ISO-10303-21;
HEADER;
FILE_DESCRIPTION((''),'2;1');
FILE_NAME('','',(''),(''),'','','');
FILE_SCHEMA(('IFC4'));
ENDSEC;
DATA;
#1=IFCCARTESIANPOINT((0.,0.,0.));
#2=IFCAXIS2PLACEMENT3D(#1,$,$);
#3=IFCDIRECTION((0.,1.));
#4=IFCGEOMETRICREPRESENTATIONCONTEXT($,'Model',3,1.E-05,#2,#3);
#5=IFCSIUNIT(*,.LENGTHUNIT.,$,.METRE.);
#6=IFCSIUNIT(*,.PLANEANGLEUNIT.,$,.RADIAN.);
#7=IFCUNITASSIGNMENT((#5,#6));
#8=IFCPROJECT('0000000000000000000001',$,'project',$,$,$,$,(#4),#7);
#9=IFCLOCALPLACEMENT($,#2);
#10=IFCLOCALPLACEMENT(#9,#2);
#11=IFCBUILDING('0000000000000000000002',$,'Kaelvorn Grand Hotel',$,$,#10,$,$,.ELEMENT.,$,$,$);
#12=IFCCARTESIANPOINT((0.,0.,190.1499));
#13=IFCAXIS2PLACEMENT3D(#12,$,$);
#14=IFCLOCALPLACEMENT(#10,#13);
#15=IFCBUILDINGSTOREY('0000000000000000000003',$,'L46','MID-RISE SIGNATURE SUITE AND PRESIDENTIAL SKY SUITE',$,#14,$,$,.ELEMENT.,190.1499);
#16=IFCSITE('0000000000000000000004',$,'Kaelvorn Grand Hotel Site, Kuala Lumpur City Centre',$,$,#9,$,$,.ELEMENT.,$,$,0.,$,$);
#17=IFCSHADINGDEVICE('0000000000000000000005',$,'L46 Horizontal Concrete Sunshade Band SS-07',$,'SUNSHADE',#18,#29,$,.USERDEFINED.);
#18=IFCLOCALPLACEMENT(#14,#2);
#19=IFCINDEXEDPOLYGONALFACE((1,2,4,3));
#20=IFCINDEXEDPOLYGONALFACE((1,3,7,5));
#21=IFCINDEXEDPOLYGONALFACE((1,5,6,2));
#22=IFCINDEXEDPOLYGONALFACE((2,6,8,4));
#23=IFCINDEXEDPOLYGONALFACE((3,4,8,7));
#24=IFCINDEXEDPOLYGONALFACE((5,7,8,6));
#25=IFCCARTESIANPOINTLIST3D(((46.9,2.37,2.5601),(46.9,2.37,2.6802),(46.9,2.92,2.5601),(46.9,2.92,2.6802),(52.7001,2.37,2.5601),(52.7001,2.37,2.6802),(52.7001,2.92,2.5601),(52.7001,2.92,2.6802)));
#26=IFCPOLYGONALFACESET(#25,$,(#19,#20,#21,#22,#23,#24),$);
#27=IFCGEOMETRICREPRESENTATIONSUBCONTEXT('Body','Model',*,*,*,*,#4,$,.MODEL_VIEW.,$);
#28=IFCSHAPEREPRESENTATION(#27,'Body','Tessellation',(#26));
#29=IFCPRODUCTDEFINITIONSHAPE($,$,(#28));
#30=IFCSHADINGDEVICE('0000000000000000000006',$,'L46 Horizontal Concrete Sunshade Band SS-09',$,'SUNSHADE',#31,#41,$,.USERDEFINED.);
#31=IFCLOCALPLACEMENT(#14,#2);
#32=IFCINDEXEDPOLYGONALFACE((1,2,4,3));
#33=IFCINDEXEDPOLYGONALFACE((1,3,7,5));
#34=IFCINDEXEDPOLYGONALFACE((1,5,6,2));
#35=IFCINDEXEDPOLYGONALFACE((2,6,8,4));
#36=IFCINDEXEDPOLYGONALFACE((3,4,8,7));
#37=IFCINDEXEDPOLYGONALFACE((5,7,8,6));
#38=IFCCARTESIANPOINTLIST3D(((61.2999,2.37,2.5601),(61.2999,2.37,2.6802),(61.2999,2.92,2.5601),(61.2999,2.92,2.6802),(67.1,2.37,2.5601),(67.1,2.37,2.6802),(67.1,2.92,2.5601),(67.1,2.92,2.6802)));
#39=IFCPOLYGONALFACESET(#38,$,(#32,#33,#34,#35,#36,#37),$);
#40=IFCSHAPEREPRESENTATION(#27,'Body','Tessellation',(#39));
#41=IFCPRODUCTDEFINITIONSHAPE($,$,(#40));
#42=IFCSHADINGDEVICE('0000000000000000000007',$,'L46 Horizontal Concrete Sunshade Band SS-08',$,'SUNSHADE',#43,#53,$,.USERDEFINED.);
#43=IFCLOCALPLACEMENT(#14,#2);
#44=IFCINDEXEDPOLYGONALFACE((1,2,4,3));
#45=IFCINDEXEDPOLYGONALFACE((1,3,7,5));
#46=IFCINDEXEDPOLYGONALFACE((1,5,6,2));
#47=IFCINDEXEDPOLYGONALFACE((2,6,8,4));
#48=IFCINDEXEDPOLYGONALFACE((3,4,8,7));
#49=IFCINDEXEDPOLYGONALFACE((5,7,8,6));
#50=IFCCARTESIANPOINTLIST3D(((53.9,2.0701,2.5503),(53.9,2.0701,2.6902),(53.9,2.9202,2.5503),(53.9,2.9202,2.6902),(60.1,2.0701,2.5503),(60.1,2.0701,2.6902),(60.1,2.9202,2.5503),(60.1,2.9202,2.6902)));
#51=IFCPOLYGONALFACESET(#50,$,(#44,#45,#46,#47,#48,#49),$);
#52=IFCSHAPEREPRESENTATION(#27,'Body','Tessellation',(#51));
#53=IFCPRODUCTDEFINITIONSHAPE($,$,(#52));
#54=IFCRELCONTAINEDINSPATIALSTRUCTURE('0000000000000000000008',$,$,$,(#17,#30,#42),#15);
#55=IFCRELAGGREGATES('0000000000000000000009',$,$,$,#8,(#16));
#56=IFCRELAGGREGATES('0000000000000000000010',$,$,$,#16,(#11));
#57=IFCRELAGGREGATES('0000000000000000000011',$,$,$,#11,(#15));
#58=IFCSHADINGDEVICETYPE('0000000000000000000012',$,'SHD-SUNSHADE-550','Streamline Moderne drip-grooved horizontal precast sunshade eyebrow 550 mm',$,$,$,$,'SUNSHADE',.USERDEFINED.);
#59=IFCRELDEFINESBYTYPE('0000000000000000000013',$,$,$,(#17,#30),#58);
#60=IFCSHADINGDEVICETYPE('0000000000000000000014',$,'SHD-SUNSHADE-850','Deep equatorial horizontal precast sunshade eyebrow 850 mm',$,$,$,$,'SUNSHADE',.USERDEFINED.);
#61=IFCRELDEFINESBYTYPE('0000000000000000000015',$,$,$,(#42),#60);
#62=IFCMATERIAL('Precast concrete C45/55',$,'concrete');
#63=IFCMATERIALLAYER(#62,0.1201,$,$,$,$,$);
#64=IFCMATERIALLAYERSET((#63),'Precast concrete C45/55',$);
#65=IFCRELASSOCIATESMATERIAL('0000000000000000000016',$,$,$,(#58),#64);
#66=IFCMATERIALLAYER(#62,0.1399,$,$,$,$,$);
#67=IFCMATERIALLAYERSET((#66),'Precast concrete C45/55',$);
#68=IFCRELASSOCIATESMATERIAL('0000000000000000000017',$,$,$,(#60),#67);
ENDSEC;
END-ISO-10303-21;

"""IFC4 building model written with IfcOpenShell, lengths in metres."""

from ifc_helpers import new_model, si_unit, direction, frame, origin, origin_2d, place, context, subcontext, project, spatial, rectangle, extrude, material, layer, layer_set, type_object, element, save


model = new_model("IFC4")

# Units and contexts
model_context = context("Model", 3, precision=1e-05, world=origin(), true_north=direction((0.0, 1.0)))
body_context = subcontext(model_context, "Body", "Model", "MODEL_VIEW")
ifc_project = project(units=[si_unit("LENGTHUNIT", "METRE"), si_unit("PLANEANGLEUNIT", "RADIAN")], contexts=[model_context])

# Site, building, storey
site_placement = place(None, origin())
site = spatial("IfcSite", under=ifc_project, at=site_placement, Name="Kaelvorn Grand Hotel Site, Kuala Lumpur City Centre", CompositionType="ELEMENT", RefElevation=0.0)
building_placement = place(site_placement, origin())
building = spatial("IfcBuilding", under=site, at=building_placement, Name="Kaelvorn Grand Hotel", CompositionType="ELEMENT")
storey_placement = place(building_placement, frame((0.0, 0.0, 190.1499)))
storey = spatial("IfcBuildingStorey", under=building, at=storey_placement, Name="L46", Description="MID-RISE SIGNATURE SUITE AND PRESIDENTIAL SKY SUITE", CompositionType="ELEMENT", Elevation=190.1499)

# Shading devices
ifc_material_1 = material(Name="Precast concrete C45/55", Category="concrete")
ifc_layer_1 = layer(ifc_material_1, 0.1201)
ifc_layer_set_1 = layer_set([ifc_layer_1], Name="Precast concrete C45/55")
shading_device_type_1 = type_object("IfcShadingDeviceType", Name="SHD-SUNSHADE-550", Description="Streamline Moderne drip-grooved horizontal precast sunshade eyebrow 550 mm", ElementType="SUNSHADE", PredefinedType="USERDEFINED", material=ifc_layer_set_1)
for number, where, z_axis, x_axis, name in (
    (1, (49.8, 2.645, 2.5601), (0.0, 0.0, 1.0), (1.0, 0.0, 0.0), "L46 Horizontal Concrete Sunshade Band SS-07"),
    (2, (64.2, 2.645, 2.5601), (0.0, 0.0, 1.0), (1.0, 0.0, 0.0), "L46 Horizontal Concrete Sunshade Band SS-09"),
):
    element("IfcShadingDevice", number, at=place(storey_placement, frame(where, z_axis=z_axis, x_axis=x_axis)), inside=storey, type_object=shading_device_type_1, Name=name, ObjectType="SUNSHADE", PredefinedType="USERDEFINED", context=body_context, shape_type="SweptSolid", body=[
        extrude(rectangle(XDim=5.8, YDim=0.55, at=origin_2d()), origin(), (0.0, 0.0, 1.0), 0.1201),
    ])
ifc_layer_2 = layer(ifc_material_1, 0.1399)
ifc_layer_set_2 = layer_set([ifc_layer_2], Name="Precast concrete C45/55")
shading_device_type_2 = type_object("IfcShadingDeviceType", Name="SHD-SUNSHADE-850", Description="Deep equatorial horizontal precast sunshade eyebrow 850 mm", ElementType="SUNSHADE", PredefinedType="USERDEFINED", material=ifc_layer_set_2)
shading_device_placement = place(storey_placement, frame((57.0, 2.4951, 2.5503), z_axis=(0.0, 0.0, 1.0), x_axis=(1.0, 0.0, 0.0)))
element("IfcShadingDevice", 3, at=shading_device_placement, inside=storey, type_object=shading_device_type_2, Name="L46 Horizontal Concrete Sunshade Band SS-08", ObjectType="SUNSHADE", PredefinedType="USERDEFINED", context=body_context, shape_type="SweptSolid", body=[
    extrude(rectangle(XDim=6.2, YDim=0.8501, at=origin_2d()), origin(), (0.0, 0.0, 1.0), 0.1399),
])

save(model, "model.ifc")
